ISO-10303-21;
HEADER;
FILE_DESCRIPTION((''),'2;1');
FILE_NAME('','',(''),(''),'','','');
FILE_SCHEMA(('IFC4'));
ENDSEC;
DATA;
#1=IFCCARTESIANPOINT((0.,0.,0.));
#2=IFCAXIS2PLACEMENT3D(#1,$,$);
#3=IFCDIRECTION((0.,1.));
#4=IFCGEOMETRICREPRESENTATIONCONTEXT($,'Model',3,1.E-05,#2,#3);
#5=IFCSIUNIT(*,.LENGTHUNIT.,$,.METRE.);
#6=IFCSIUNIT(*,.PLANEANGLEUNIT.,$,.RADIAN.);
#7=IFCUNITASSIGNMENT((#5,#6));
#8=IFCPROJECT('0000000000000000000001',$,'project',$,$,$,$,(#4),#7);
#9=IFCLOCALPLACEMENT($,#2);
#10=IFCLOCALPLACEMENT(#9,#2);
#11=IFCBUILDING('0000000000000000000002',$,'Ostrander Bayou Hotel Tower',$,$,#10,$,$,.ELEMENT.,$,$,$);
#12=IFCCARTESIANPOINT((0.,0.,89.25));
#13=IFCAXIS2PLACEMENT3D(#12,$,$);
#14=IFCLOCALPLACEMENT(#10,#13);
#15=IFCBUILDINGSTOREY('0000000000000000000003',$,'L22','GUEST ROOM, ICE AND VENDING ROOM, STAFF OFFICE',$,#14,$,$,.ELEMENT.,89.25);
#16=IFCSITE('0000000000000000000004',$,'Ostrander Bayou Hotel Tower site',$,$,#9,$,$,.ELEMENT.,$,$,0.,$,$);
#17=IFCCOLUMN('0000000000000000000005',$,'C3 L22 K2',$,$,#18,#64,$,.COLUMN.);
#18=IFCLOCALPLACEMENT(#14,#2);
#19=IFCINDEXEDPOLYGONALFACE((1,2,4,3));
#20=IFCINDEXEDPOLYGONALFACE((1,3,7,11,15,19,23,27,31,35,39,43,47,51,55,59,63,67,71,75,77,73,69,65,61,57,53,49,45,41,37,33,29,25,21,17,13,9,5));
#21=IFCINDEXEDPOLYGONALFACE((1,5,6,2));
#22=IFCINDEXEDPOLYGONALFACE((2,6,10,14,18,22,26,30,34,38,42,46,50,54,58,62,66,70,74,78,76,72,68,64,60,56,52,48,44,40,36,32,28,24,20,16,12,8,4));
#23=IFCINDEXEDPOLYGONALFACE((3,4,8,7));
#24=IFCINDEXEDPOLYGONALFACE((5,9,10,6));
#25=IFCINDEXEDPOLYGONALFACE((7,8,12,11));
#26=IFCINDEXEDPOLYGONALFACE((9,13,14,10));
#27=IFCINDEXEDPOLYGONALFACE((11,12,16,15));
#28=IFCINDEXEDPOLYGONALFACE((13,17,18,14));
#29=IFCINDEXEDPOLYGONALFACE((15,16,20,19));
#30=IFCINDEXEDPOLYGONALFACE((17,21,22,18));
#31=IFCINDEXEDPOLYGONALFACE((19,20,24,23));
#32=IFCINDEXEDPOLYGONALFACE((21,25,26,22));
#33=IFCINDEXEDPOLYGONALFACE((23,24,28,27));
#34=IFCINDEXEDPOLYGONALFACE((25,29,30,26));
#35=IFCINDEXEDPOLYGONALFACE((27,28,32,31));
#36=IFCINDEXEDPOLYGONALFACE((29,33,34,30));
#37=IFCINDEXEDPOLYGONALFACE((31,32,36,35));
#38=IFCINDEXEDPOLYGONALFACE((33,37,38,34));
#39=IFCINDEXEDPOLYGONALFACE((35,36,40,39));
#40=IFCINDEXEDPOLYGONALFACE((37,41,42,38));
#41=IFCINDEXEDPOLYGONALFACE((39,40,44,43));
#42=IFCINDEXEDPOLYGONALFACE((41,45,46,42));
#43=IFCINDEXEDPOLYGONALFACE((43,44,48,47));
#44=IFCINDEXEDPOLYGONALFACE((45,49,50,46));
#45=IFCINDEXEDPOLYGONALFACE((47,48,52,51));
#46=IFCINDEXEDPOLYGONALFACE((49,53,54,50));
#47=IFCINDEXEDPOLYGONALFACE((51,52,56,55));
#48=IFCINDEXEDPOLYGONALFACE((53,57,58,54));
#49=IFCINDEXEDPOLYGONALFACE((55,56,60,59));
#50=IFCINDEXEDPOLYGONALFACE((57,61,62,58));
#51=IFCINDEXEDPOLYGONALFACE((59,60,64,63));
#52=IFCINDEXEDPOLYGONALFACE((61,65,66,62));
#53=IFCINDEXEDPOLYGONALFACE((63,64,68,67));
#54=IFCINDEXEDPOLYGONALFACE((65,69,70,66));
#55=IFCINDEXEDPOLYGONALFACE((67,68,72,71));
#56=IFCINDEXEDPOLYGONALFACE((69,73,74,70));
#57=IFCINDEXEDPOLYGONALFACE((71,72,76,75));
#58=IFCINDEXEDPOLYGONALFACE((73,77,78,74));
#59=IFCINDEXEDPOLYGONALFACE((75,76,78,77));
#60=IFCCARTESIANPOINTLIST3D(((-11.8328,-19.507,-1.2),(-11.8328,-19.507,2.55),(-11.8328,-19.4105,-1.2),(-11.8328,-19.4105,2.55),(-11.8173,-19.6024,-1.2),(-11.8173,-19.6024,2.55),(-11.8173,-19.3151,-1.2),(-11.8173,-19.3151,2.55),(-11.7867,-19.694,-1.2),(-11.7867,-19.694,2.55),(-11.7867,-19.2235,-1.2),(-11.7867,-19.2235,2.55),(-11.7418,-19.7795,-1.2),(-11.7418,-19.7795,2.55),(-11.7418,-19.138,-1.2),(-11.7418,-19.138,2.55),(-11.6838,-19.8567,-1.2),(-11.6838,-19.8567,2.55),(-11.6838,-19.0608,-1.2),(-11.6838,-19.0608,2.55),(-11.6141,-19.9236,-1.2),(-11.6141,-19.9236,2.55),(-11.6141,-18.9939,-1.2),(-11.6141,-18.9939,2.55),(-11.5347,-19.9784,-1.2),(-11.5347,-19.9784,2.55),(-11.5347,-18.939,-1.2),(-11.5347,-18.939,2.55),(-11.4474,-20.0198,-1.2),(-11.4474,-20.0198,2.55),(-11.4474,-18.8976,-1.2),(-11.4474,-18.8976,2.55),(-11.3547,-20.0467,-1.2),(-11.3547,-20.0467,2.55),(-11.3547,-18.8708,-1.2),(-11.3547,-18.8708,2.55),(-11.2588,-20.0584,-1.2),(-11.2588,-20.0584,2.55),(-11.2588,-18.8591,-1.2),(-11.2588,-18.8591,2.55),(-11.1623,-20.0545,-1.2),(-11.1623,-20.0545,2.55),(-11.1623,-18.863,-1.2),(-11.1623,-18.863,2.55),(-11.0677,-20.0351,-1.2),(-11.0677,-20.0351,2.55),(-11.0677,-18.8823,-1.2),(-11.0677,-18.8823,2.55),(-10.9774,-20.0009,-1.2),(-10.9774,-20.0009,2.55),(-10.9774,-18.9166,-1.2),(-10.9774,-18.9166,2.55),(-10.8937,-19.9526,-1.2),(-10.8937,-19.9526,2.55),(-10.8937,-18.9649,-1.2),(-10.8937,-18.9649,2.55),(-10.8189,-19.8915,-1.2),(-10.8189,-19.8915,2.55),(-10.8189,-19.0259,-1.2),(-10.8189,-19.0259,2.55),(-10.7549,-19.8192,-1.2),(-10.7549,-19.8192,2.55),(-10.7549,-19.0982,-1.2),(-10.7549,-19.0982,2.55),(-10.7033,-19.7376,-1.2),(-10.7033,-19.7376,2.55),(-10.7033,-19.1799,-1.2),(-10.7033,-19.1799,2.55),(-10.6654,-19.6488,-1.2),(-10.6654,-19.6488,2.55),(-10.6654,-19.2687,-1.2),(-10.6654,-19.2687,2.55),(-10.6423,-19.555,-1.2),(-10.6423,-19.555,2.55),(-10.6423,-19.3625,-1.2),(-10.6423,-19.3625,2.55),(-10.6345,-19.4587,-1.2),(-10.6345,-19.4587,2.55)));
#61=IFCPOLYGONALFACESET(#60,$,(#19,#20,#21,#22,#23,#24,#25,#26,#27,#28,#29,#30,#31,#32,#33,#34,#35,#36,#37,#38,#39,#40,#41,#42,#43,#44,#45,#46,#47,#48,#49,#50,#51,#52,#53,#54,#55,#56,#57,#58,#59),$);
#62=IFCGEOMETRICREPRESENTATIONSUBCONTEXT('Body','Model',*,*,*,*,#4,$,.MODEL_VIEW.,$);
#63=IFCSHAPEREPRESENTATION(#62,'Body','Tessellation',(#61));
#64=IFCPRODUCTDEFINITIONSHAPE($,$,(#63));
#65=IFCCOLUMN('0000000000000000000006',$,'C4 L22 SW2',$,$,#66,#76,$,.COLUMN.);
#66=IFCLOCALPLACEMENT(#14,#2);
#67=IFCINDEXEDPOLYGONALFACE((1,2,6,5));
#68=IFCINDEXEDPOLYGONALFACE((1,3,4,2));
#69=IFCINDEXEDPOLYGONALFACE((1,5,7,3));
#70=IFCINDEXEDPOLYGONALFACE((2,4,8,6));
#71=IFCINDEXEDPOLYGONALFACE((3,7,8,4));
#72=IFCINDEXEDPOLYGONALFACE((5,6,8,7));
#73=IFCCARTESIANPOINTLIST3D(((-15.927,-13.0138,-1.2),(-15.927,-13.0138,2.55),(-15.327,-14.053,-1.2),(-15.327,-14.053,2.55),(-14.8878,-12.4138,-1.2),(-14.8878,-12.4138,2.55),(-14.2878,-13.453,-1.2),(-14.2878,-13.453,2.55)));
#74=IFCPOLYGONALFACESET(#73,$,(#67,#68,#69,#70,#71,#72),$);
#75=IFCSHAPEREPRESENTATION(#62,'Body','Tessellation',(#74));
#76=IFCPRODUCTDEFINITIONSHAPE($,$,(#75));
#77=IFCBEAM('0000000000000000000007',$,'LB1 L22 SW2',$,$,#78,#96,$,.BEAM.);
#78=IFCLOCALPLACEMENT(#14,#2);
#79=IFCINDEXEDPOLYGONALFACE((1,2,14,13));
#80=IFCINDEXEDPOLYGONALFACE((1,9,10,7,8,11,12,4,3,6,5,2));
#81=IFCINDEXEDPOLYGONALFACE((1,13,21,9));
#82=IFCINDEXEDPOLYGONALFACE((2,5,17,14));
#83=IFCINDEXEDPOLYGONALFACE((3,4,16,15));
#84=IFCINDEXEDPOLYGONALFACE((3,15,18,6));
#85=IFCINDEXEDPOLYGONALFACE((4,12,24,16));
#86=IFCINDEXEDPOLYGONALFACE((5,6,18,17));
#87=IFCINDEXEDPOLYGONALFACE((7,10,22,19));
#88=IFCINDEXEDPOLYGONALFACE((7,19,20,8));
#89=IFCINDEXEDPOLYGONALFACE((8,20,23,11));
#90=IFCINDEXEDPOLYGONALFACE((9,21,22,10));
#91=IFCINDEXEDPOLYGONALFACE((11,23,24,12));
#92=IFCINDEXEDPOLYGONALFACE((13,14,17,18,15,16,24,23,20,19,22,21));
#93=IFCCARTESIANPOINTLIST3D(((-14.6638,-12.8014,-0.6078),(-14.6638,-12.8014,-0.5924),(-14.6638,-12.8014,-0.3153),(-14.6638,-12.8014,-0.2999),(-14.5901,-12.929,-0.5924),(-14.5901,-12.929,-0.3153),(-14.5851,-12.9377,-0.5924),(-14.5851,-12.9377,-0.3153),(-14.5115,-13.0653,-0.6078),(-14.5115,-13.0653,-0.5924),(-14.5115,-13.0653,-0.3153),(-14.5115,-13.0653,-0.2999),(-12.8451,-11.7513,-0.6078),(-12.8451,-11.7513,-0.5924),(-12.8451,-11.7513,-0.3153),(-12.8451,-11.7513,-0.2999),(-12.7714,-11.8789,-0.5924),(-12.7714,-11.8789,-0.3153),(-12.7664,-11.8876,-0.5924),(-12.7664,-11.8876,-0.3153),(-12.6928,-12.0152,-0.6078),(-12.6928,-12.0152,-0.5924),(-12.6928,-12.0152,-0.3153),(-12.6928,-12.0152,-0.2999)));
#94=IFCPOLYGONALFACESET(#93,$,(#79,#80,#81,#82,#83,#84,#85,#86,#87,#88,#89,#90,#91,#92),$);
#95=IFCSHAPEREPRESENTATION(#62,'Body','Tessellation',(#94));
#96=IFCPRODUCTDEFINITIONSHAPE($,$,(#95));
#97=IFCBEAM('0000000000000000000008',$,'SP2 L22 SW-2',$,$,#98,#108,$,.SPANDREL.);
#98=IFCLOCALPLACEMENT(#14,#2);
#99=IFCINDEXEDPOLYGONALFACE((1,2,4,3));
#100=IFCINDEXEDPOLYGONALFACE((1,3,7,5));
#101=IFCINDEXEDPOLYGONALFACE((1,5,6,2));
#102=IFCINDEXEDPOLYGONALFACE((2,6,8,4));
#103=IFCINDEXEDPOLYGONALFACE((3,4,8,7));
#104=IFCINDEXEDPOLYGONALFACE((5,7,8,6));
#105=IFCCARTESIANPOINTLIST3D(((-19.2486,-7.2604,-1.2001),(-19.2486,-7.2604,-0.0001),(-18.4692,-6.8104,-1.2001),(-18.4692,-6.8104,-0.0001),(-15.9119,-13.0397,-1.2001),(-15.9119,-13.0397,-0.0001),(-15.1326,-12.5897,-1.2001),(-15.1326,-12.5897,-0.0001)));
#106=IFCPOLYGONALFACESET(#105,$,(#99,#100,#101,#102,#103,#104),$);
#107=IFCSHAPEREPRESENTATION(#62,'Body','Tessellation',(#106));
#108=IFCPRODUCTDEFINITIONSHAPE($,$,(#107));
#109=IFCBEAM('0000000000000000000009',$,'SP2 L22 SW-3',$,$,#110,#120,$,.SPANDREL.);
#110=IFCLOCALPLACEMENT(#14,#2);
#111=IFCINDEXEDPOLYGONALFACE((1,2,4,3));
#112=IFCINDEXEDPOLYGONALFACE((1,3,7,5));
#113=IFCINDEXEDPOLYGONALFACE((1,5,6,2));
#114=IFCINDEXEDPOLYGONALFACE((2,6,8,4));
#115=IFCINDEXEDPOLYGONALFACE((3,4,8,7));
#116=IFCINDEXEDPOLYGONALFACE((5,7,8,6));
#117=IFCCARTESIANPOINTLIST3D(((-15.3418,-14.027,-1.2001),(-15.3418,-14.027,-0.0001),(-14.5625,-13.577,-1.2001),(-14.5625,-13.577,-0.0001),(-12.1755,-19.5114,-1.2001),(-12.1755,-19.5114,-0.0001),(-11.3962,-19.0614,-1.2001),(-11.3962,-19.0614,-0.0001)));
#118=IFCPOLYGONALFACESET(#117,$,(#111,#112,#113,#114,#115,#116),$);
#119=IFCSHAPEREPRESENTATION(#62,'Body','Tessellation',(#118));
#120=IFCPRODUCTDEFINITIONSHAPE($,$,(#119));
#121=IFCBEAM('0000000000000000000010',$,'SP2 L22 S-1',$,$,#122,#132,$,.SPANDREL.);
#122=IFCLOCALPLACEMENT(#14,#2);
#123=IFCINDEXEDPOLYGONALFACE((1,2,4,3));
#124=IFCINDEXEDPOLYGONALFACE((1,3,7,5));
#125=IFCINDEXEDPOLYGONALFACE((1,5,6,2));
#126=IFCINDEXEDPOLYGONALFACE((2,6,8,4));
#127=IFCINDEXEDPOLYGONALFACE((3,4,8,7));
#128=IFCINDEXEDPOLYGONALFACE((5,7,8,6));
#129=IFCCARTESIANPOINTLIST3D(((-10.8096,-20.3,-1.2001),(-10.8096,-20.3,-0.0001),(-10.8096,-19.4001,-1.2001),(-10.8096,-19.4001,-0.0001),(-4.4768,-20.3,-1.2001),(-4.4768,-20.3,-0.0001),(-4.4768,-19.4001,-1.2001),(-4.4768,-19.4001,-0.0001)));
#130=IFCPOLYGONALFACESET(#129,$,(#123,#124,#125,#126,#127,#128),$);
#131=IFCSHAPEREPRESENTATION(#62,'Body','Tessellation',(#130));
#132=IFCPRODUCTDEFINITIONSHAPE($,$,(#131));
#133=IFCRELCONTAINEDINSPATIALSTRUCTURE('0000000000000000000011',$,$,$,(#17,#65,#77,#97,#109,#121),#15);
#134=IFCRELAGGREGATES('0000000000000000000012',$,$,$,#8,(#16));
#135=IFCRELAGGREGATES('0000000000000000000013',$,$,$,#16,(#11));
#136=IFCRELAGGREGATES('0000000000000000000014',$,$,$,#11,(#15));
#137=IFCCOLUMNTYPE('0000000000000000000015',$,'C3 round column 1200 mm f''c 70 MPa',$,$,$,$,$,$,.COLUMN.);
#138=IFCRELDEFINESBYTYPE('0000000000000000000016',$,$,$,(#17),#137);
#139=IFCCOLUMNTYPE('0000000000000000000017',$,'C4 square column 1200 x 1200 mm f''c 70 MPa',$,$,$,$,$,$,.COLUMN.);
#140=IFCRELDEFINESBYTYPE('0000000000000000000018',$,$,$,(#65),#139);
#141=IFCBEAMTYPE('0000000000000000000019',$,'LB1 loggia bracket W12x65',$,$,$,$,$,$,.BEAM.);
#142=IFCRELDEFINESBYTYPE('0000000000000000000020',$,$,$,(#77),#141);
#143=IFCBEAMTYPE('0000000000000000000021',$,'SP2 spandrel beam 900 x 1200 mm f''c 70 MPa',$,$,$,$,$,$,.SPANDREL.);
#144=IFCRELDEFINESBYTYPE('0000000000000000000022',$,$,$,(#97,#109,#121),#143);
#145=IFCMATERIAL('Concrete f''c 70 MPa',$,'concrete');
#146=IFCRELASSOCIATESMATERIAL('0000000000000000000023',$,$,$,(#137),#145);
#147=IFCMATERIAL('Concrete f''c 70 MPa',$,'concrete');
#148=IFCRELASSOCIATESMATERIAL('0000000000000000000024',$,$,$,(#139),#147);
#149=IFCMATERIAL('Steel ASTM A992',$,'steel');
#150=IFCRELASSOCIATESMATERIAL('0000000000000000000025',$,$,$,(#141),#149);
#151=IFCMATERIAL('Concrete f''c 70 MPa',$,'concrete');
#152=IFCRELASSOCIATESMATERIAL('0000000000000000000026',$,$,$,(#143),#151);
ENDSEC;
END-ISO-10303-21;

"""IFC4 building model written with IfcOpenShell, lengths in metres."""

from ifc_helpers import new_model, si_unit, direction, frame, origin, origin_2d, place, context, subcontext, project, spatial, rectangle, circle, i_section, extrude, material, material_profile, profile_set, type_object, element, save


model = new_model("IFC4")

# Units and contexts
model_context = context("Model", 3, precision=1e-05, world=origin(), true_north=direction((0.0, 1.0)))
body_context = subcontext(model_context, "Body", "Model", "MODEL_VIEW")
ifc_project = project(units=[si_unit("LENGTHUNIT", "METRE"), si_unit("PLANEANGLEUNIT", "RADIAN")], contexts=[model_context])

# Site, building, storey
site_placement = place(None, origin())
site = spatial("IfcSite", under=ifc_project, at=site_placement, Name="Ostrander Bayou Hotel Tower site", CompositionType="ELEMENT", RefElevation=0.0)
building_placement = place(site_placement, origin())
building = spatial("IfcBuilding", under=site, at=building_placement, Name="Ostrander Bayou Hotel Tower", CompositionType="ELEMENT")
storey_placement = place(building_placement, frame((0.0, 0.0, 89.25)))
storey = spatial("IfcBuildingStorey", under=building, at=storey_placement, Name="L22", Description="GUEST ROOM, ICE AND VENDING ROOM, STAFF OFFICE", CompositionType="ELEMENT", Elevation=89.25)

# Columns
ifc_material_1 = material(Name="Concrete f'c 70 MPa", Category="concrete")
ifc_material_profile_1 = material_profile(ifc_material_1, circle(Radius=0.6001, at=origin_2d()))
ifc_profile_set_1 = profile_set([ifc_material_profile_1], Name="Concrete f'c 70 MPa")
column_type_1 = type_object("IfcColumnType", Name="C3 round column 1200 mm f'c 70 MPa", PredefinedType="COLUMN", material=ifc_profile_set_1)
column_1_placement = place(storey_placement, frame((-11.2346, -19.4587, -1.2), z_axis=(0.0, 0.0, 1.0), x_axis=(1.0, 0.0, 0.0)))
element("IfcColumn", 1, at=column_1_placement, inside=storey, type_object=column_type_1, Name="C3 L22 K2", PredefinedType="COLUMN", context=body_context, shape_type="SweptSolid", body=[
    extrude(circle(Radius=0.6001, at=origin_2d()), origin(), (0.0, 0.0, 1.0), 3.75),
])
ifc_material_2 = material(Name="Concrete f'c 70 MPa", Category="concrete")
ifc_material_profile_2 = material_profile(ifc_material_2, rectangle(XDim=1.2, YDim=1.2, at=origin_2d()))
ifc_profile_set_2 = profile_set([ifc_material_profile_2], Name="Concrete f'c 70 MPa")
column_type_2 = type_object("IfcColumnType", Name="C4 square column 1200 x 1200 mm f'c 70 MPa", PredefinedType="COLUMN", material=ifc_profile_set_2)
column_2_placement = place(storey_placement, frame((-15.1074, -13.2334, -1.2), z_axis=(0.0, 0.0, 1.0), x_axis=(-0.5, 0.866025, 0.0)))
element("IfcColumn", 2, at=column_2_placement, inside=storey, type_object=column_type_2, Name="C4 L22 SW2", PredefinedType="COLUMN", context=body_context, shape_type="SweptSolid", body=[
    extrude(rectangle(XDim=1.2, YDim=1.2, at=origin_2d()), origin(), (0.0, 0.0, 1.0), 3.75),
])

# Beams
ifc_material_3 = material(Name="Steel ASTM A992", Category="steel")
ifc_material_profile_3 = material_profile(ifc_material_3, i_section(OverallWidth=0.3047, OverallDepth=0.3079, WebThickness=0.01, FlangeThickness=0.0154, at=origin_2d()))
ifc_profile_set_3 = profile_set([ifc_material_profile_3], Name="Steel ASTM A992")
beam_type_1 = type_object("IfcBeamType", Name="LB1 loggia bracket W12x65", PredefinedType="BEAM", material=ifc_profile_set_3)
beam_1_placement = place(storey_placement, frame((-14.5876, -12.9333, -0.4539), z_axis=(0.866009, 0.500028, 0.0), x_axis=(-0.500028, 0.866009, 0.0)))
element("IfcBeam", 3, at=beam_1_placement, inside=storey, type_object=beam_type_1, Name="LB1 L22 SW2", PredefinedType="BEAM", context=body_context, shape_type="SweptSolid", body=[
    extrude(i_section(OverallWidth=0.3047, OverallDepth=0.3079, WebThickness=0.01, FlangeThickness=0.0154, at=origin_2d()), origin(), (0.0, 0.0, 1.0), 2.1001),
])
ifc_material_4 = material(Name="Concrete f'c 70 MPa", Category="concrete")
ifc_material_profile_4 = material_profile(ifc_material_4, rectangle(XDim=0.8999, YDim=1.2, at=origin_2d()))
ifc_profile_set_4 = profile_set([ifc_material_profile_4], Name="Concrete f'c 70 MPa")
beam_type_2 = type_object("IfcBeamType", Name="SP2 spandrel beam 900 x 1200 mm f'c 70 MPa", PredefinedType="SPANDREL", material=ifc_profile_set_4)
beam_2_placement = place(storey_placement, frame((-18.8589, -7.0354, -0.6001), z_axis=(0.499999, -0.866026, 0.0), x_axis=(0.866026, 0.499999, 0.0)))
element("IfcBeam", 4, at=beam_2_placement, inside=storey, type_object=beam_type_2, Name="SP2 L22 SW-2", PredefinedType="SPANDREL", context=body_context, shape_type="SweptSolid", body=[
    extrude(rectangle(XDim=0.8999, YDim=1.2, at=origin_2d()), origin(), (0.0, 0.0, 1.0), 6.6733),
])
for number, where, z_axis, x_axis, name in (
    (5, (-14.9521, -13.802, -0.6001), (0.499983, -0.866035, 0.0), (0.866035, 0.499983, 0.0), "SP2 L22 SW-3"),
    (6, (-10.8096, -19.8501, -0.6001), (1.0, 0.0, 0.0), (0.0, 1.0, 0.0), "SP2 L22 S-1"),
):
    element("IfcBeam", number, at=place(storey_placement, frame(where, z_axis=z_axis, x_axis=x_axis)), inside=storey, type_object=beam_type_2, Name=name, PredefinedType="SPANDREL", context=body_context, shape_type="SweptSolid", body=[
        extrude(rectangle(XDim=0.8999, YDim=1.2, at=origin_2d()), origin(), (0.0, 0.0, 1.0), 6.3328),
    ])

save(model, "model.ifc")
